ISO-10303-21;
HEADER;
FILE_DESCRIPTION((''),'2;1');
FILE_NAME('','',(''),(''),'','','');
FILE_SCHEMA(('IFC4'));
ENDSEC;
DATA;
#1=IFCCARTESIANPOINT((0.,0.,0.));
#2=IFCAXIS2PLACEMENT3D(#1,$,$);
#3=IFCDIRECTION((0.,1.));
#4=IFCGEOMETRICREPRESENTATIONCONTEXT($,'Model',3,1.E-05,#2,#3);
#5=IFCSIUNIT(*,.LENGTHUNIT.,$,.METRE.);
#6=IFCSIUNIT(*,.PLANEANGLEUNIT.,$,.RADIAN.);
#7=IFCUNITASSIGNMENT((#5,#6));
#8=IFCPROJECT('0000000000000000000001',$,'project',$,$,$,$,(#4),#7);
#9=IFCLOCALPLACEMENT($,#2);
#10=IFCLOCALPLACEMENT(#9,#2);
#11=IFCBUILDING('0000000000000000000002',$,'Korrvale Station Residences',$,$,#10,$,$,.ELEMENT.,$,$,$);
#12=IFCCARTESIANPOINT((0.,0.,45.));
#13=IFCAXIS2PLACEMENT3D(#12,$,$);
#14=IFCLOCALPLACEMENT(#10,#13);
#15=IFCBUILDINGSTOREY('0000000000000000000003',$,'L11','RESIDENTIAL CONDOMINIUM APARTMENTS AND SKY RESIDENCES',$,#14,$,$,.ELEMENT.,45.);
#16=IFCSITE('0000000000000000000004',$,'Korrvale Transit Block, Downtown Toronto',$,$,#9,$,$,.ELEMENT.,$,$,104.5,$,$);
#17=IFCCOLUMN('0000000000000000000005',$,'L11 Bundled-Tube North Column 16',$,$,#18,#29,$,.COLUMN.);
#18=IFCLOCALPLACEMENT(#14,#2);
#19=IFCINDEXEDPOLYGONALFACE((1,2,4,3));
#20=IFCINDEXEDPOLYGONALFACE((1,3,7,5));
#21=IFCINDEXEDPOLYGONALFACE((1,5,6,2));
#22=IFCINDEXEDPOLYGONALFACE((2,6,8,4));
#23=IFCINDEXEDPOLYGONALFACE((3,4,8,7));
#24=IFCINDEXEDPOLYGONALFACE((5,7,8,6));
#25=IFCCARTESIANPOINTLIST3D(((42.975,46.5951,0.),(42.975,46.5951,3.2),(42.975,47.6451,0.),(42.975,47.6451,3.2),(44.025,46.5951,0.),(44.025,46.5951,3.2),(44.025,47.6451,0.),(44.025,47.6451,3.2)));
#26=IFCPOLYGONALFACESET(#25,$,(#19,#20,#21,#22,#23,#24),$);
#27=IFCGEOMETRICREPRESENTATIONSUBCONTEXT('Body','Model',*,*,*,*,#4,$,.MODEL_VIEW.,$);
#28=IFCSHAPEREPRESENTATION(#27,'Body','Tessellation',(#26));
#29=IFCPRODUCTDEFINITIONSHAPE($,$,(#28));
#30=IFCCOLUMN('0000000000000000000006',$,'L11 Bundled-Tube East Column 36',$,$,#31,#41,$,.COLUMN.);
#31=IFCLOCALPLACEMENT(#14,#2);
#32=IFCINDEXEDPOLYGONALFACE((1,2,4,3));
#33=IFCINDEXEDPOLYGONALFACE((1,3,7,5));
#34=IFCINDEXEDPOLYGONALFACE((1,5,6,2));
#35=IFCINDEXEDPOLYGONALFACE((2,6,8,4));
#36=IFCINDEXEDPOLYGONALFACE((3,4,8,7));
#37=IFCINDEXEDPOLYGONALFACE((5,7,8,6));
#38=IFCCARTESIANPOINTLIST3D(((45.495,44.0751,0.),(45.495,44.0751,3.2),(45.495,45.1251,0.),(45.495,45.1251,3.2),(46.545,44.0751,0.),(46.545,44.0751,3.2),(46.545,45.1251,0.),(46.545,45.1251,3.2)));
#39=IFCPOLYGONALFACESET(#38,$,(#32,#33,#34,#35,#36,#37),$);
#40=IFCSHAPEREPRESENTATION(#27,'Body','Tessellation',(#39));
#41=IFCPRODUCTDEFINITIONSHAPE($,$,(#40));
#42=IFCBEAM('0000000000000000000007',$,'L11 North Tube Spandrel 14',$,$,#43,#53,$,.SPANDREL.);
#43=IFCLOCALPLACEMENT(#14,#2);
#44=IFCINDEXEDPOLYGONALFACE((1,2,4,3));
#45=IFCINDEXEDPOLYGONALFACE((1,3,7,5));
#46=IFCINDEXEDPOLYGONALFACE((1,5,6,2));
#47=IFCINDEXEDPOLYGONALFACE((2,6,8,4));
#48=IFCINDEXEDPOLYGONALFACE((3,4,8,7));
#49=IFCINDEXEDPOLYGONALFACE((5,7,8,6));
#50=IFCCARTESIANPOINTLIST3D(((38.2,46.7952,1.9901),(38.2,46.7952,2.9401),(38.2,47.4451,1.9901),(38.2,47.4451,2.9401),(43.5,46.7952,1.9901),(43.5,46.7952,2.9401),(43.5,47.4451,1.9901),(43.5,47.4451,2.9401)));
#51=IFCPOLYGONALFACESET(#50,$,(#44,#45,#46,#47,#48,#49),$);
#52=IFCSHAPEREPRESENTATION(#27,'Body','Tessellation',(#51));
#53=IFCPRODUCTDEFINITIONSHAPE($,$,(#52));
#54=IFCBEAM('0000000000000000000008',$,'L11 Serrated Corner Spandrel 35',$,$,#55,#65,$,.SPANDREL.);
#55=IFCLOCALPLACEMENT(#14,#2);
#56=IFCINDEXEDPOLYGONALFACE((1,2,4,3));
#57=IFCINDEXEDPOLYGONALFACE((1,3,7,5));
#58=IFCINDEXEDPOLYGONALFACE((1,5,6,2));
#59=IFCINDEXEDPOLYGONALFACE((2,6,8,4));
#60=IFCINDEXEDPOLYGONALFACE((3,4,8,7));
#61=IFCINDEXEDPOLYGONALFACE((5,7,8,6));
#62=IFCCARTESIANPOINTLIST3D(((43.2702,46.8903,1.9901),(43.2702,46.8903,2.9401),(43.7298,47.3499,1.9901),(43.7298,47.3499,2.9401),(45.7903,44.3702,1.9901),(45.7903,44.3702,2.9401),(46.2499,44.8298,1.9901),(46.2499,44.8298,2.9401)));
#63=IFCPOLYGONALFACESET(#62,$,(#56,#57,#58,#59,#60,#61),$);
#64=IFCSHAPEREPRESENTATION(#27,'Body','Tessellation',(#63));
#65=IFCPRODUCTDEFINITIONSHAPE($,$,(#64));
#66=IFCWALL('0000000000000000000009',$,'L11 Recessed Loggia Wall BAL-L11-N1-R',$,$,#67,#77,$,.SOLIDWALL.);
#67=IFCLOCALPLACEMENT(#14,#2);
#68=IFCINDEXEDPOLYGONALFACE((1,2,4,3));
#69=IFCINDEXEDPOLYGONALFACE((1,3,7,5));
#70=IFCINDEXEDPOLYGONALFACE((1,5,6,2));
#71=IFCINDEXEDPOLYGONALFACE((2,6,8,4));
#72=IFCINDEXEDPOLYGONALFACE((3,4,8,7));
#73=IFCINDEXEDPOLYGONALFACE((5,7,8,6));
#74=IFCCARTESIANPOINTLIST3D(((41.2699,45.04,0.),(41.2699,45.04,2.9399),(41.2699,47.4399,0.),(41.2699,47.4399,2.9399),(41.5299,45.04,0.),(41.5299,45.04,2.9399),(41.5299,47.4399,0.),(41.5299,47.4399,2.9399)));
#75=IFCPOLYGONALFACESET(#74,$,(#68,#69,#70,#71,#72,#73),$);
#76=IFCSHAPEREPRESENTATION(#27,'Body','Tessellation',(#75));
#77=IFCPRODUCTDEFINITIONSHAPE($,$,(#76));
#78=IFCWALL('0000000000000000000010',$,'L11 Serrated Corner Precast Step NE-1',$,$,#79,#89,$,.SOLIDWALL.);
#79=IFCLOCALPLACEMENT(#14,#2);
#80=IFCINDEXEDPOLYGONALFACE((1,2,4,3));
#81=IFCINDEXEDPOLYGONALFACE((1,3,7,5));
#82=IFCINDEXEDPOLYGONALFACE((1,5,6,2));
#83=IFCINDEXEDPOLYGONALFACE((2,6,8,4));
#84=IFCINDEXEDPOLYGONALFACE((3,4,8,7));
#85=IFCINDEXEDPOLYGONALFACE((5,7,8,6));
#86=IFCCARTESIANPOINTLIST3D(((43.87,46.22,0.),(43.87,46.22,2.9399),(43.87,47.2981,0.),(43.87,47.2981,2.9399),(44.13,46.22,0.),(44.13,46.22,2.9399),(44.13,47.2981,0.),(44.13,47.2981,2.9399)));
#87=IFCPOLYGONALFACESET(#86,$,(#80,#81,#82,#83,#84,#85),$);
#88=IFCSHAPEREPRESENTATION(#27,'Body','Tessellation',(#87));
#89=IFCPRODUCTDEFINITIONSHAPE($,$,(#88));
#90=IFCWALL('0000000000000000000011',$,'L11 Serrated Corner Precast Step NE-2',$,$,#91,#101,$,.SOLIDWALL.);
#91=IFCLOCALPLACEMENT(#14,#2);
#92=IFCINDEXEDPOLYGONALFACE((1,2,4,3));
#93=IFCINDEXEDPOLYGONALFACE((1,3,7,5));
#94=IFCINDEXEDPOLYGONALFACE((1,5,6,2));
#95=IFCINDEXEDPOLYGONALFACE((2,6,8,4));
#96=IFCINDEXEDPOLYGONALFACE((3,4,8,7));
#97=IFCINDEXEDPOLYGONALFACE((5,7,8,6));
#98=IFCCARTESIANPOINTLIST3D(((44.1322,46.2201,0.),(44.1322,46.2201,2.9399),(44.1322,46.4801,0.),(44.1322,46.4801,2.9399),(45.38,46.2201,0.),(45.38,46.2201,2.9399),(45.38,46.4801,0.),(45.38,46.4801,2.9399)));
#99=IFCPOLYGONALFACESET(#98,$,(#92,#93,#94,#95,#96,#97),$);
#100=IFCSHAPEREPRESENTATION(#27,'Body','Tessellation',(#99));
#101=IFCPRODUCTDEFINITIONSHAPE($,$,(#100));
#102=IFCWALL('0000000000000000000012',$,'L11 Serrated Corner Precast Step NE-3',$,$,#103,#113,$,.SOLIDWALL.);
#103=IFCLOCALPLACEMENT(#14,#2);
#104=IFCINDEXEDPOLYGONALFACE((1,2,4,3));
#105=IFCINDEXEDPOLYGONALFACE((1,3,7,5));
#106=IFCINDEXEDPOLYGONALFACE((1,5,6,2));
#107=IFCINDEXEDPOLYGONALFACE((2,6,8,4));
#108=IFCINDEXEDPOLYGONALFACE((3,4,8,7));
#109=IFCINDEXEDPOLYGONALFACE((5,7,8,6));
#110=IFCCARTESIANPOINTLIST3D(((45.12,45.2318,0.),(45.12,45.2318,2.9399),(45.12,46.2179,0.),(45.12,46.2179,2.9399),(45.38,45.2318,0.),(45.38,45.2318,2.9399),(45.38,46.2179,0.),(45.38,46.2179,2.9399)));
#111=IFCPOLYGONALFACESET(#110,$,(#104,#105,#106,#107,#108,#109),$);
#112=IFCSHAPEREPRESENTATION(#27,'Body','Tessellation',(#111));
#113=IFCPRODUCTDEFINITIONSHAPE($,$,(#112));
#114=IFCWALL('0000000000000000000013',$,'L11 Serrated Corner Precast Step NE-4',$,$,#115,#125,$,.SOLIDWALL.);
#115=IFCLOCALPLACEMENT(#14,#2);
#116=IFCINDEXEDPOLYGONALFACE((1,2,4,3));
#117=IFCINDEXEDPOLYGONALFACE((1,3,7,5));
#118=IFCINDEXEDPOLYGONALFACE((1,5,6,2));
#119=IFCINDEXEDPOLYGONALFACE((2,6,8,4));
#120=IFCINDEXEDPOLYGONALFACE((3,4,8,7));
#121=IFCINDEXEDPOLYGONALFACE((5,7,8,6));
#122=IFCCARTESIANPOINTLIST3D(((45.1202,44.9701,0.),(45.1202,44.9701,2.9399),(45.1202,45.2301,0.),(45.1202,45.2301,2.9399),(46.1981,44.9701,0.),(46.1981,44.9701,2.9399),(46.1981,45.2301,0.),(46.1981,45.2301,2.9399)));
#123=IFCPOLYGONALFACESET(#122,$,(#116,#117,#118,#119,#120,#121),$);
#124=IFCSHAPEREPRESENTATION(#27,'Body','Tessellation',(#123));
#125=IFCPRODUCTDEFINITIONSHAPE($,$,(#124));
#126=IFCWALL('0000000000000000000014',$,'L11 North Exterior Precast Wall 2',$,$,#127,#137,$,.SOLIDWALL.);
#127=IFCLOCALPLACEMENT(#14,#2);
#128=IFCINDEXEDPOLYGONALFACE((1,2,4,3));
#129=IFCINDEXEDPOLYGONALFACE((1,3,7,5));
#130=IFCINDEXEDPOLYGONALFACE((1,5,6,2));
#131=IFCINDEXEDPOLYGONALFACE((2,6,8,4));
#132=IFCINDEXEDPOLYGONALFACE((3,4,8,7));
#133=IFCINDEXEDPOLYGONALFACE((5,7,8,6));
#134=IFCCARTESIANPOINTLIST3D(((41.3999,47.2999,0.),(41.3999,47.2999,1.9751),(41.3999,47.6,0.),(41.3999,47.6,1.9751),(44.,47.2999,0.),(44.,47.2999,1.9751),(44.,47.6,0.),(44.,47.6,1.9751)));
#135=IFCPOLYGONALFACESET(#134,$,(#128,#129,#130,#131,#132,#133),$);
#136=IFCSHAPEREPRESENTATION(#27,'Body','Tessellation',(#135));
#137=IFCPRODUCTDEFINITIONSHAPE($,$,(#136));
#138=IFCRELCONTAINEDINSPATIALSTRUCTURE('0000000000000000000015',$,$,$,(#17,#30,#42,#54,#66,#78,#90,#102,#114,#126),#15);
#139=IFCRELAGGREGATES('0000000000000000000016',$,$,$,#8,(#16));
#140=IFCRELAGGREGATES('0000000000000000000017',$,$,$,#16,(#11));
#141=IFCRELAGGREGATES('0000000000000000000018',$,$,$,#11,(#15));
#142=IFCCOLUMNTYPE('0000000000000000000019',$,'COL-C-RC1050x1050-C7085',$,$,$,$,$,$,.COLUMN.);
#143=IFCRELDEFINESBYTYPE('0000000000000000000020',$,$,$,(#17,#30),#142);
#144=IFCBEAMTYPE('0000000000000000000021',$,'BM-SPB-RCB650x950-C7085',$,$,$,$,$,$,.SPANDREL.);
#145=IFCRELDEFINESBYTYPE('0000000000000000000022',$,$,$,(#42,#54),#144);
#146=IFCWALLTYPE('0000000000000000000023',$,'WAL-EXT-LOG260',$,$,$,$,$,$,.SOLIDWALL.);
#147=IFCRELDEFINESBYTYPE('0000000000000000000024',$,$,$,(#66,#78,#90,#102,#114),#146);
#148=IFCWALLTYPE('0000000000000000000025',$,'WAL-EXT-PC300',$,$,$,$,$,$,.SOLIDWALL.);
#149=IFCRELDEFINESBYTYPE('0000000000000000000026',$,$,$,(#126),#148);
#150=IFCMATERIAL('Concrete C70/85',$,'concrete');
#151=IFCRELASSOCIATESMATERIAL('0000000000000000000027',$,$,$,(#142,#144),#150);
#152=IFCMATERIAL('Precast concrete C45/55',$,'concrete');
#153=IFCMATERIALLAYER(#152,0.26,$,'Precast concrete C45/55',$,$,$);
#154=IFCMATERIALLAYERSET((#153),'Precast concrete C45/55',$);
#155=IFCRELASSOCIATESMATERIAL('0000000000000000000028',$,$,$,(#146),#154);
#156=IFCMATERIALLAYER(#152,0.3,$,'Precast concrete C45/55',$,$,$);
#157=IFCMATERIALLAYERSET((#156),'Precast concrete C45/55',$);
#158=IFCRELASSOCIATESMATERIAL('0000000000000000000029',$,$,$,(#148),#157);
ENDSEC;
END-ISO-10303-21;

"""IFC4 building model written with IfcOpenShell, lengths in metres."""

from ifc_helpers import new_model, si_unit, direction, frame, frame_2d, origin, origin_2d, place, context, subcontext, project, spatial, rectangle, extrude, material, layer, layer_set, material_profile, profile_set, type_object, element, save


model = new_model("IFC4")

# Units and contexts
model_context = context("Model", 3, precision=1e-05, world=origin(), true_north=direction((0.0, 1.0)))
body_context = subcontext(model_context, "Body", "Model", "MODEL_VIEW")
ifc_project = project(units=[si_unit("LENGTHUNIT", "METRE"), si_unit("PLANEANGLEUNIT", "RADIAN")], contexts=[model_context])

# Site, building, storey
site_placement = place(None, origin())
site = spatial("IfcSite", under=ifc_project, at=site_placement, Name="Korrvale Transit Block, Downtown Toronto", CompositionType="ELEMENT", RefElevation=104.5)
building_placement = place(site_placement, origin())
building = spatial("IfcBuilding", under=site, at=building_placement, Name="Korrvale Station Residences", CompositionType="ELEMENT")
storey_placement = place(building_placement, frame((0.0, 0.0, 45.0)))
storey = spatial("IfcBuildingStorey", under=building, at=storey_placement, Name="L11", Description="RESIDENTIAL CONDOMINIUM APARTMENTS AND SKY RESIDENCES", CompositionType="ELEMENT", Elevation=45.0)

# Columns
ifc_material_1 = material(Name="Concrete C70/85", Category="concrete")
ifc_material_profile_1 = material_profile(ifc_material_1, rectangle(XDim=1.05, YDim=1.05, at=origin_2d()), Name="RC1050x1050")
ifc_profile_set_1 = profile_set([ifc_material_profile_1], Name="Concrete C70/85")
column_type = type_object("IfcColumnType", Name="COL-C-RC1050x1050-C7085", PredefinedType="COLUMN", material=ifc_profile_set_1)
for number, where, z_axis, x_axis, name in (
    (1, (43.5, 47.1201, 0.0), (0.0, 0.0, 1.0), (1.0, 0.0, 0.0), "L11 Bundled-Tube North Column 16"),
    (2, (46.02, 44.6001, 0.0), (0.0, 0.0, 1.0), (1.0, 0.0, 0.0), "L11 Bundled-Tube East Column 36"),
):
    element("IfcColumn", number, at=place(storey_placement, frame(where, z_axis=z_axis, x_axis=x_axis)), inside=storey, type_object=column_type, Name=name, PredefinedType="COLUMN", context=body_context, shape_type="SweptSolid", body=[
        extrude(rectangle(XDim=1.05, YDim=1.05, at=origin_2d()), origin(), (0.0, 0.0, 1.0), 3.2),
    ])

# Beams
ifc_material_profile_2 = material_profile(ifc_material_1, rectangle(XDim=0.6499, YDim=0.95, at=origin_2d()), Name="RCB650x950")
ifc_profile_set_2 = profile_set([ifc_material_profile_2], Name="Concrete C70/85")
beam_type = type_object("IfcBeamType", Name="BM-SPB-RCB650x950-C7085", PredefinedType="SPANDREL", material=ifc_profile_set_2)
beam_1_placement = place(storey_placement, frame((38.2, 47.1201, 2.4651), z_axis=(1.0, 0.0, 0.0), x_axis=(0.0, 1.0, 0.0)))
element("IfcBeam", 3, at=beam_1_placement, inside=storey, type_object=beam_type, Name="L11 North Tube Spandrel 14", PredefinedType="SPANDREL", context=body_context, shape_type="SweptSolid", body=[
    extrude(rectangle(XDim=0.6499, YDim=0.95, at=origin_2d()), origin(), (0.0, 0.0, 1.0), 5.3),
])
beam_2_placement = place(storey_placement, frame((43.5, 47.1201, 2.4651), z_axis=(0.707107, -0.707107, 0.0), x_axis=(0.707107, 0.707107, 0.0)))
element("IfcBeam", 4, at=beam_2_placement, inside=storey, type_object=beam_type, Name="L11 Serrated Corner Spandrel 35", PredefinedType="SPANDREL", context=body_context, shape_type="SweptSolid", body=[
    extrude(rectangle(XDim=0.6499, YDim=0.95, at=origin_2d()), origin(), (0.0, 0.0, 1.0), 3.564),
])

# Walls
ifc_material_2 = material(Name="Precast concrete C45/55", Category="concrete")
ifc_layer_1 = layer(ifc_material_2, 0.26, Name="Precast concrete C45/55")
ifc_layer_set_1 = layer_set([ifc_layer_1], Name="Precast concrete C45/55")
wall_type_1 = type_object("IfcWallType", Name="WAL-EXT-LOG260", PredefinedType="SOLIDWALL", material=ifc_layer_set_1)
wall_1_placement = place(storey_placement, frame((41.3999, 45.04, 0.0), z_axis=(0.0, 0.0, 1.0), x_axis=(0.0, 1.0, 0.0)))
element("IfcWall", 5, at=wall_1_placement, inside=storey, type_object=wall_type_1, Name="L11 Recessed Loggia Wall BAL-L11-N1-R", PredefinedType="SOLIDWALL", context=body_context, shape_type="SweptSolid", body=[
    extrude(rectangle(XDim=2.3999, YDim=0.26, at=frame_2d((1.2, 0.0))), origin(), (0.0, 0.0, 1.0), 2.9399),
])
wall_2_placement = place(storey_placement, frame((44.0, 47.2981, 0.0), z_axis=(0.0, 0.0, 1.0), x_axis=(0.0, -1.0, 0.0)))
element("IfcWall", 6, at=wall_2_placement, inside=storey, type_object=wall_type_1, Name="L11 Serrated Corner Precast Step NE-1", PredefinedType="SOLIDWALL", context=body_context, shape_type="SweptSolid", body=[
    extrude(rectangle(XDim=1.0781, YDim=0.26, at=frame_2d((0.5391, 0.0))), origin(), (0.0, 0.0, 1.0), 2.9399),
])
wall_3_placement = place(storey_placement, frame((44.1321, 46.3501, 0.0), z_axis=(0.0, 0.0, 1.0), x_axis=(1.0, 0.0, 0.0)))
element("IfcWall", 7, at=wall_3_placement, inside=storey, type_object=wall_type_1, Name="L11 Serrated Corner Precast Step NE-2", PredefinedType="SOLIDWALL", context=body_context, shape_type="SweptSolid", body=[
    extrude(rectangle(XDim=1.2478, YDim=0.26, at=frame_2d((0.624, 0.0))), origin(), (0.0, 0.0, 1.0), 2.9399),
])
wall_4_placement = place(storey_placement, frame((45.25, 46.218, 0.0), z_axis=(0.0, 0.0, 1.0), x_axis=(0.0, -1.0, 0.0)))
element("IfcWall", 8, at=wall_4_placement, inside=storey, type_object=wall_type_1, Name="L11 Serrated Corner Precast Step NE-3", PredefinedType="SOLIDWALL", context=body_context, shape_type="SweptSolid", body=[
    extrude(rectangle(XDim=0.9861, YDim=0.26, at=frame_2d((0.4932, 0.0))), origin(), (0.0, 0.0, 1.0), 2.9399),
])
wall_5_placement = place(storey_placement, frame((45.1201, 45.1001, 0.0), z_axis=(0.0, 0.0, 1.0), x_axis=(1.0, 0.0, 0.0)))
element("IfcWall", 9, at=wall_5_placement, inside=storey, type_object=wall_type_1, Name="L11 Serrated Corner Precast Step NE-4", PredefinedType="SOLIDWALL", context=body_context, shape_type="SweptSolid", body=[
    extrude(rectangle(XDim=1.0779, YDim=0.26, at=frame_2d((0.5391, 0.0))), origin(), (0.0, 0.0, 1.0), 2.9399),
])
ifc_layer_2 = layer(ifc_material_2, 0.3, Name="Precast concrete C45/55")
ifc_layer_set_2 = layer_set([ifc_layer_2], Name="Precast concrete C45/55")
wall_type_2 = type_object("IfcWallType", Name="WAL-EXT-PC300", PredefinedType="SOLIDWALL", material=ifc_layer_set_2)
wall_6_placement = place(storey_placement, frame((41.3999, 47.45, 0.0), z_axis=(0.0, 0.0, 1.0), x_axis=(1.0, 0.0, 0.0)))
element("IfcWall", 10, at=wall_6_placement, inside=storey, type_object=wall_type_2, Name="L11 North Exterior Precast Wall 2", PredefinedType="SOLIDWALL", context=body_context, shape_type="SweptSolid", body=[
    extrude(rectangle(XDim=2.6001, YDim=0.3, at=frame_2d((1.3, 0.0))), origin(), (0.0, 0.0, 1.0), 1.9751),
])

save(model, "model.ifc")
